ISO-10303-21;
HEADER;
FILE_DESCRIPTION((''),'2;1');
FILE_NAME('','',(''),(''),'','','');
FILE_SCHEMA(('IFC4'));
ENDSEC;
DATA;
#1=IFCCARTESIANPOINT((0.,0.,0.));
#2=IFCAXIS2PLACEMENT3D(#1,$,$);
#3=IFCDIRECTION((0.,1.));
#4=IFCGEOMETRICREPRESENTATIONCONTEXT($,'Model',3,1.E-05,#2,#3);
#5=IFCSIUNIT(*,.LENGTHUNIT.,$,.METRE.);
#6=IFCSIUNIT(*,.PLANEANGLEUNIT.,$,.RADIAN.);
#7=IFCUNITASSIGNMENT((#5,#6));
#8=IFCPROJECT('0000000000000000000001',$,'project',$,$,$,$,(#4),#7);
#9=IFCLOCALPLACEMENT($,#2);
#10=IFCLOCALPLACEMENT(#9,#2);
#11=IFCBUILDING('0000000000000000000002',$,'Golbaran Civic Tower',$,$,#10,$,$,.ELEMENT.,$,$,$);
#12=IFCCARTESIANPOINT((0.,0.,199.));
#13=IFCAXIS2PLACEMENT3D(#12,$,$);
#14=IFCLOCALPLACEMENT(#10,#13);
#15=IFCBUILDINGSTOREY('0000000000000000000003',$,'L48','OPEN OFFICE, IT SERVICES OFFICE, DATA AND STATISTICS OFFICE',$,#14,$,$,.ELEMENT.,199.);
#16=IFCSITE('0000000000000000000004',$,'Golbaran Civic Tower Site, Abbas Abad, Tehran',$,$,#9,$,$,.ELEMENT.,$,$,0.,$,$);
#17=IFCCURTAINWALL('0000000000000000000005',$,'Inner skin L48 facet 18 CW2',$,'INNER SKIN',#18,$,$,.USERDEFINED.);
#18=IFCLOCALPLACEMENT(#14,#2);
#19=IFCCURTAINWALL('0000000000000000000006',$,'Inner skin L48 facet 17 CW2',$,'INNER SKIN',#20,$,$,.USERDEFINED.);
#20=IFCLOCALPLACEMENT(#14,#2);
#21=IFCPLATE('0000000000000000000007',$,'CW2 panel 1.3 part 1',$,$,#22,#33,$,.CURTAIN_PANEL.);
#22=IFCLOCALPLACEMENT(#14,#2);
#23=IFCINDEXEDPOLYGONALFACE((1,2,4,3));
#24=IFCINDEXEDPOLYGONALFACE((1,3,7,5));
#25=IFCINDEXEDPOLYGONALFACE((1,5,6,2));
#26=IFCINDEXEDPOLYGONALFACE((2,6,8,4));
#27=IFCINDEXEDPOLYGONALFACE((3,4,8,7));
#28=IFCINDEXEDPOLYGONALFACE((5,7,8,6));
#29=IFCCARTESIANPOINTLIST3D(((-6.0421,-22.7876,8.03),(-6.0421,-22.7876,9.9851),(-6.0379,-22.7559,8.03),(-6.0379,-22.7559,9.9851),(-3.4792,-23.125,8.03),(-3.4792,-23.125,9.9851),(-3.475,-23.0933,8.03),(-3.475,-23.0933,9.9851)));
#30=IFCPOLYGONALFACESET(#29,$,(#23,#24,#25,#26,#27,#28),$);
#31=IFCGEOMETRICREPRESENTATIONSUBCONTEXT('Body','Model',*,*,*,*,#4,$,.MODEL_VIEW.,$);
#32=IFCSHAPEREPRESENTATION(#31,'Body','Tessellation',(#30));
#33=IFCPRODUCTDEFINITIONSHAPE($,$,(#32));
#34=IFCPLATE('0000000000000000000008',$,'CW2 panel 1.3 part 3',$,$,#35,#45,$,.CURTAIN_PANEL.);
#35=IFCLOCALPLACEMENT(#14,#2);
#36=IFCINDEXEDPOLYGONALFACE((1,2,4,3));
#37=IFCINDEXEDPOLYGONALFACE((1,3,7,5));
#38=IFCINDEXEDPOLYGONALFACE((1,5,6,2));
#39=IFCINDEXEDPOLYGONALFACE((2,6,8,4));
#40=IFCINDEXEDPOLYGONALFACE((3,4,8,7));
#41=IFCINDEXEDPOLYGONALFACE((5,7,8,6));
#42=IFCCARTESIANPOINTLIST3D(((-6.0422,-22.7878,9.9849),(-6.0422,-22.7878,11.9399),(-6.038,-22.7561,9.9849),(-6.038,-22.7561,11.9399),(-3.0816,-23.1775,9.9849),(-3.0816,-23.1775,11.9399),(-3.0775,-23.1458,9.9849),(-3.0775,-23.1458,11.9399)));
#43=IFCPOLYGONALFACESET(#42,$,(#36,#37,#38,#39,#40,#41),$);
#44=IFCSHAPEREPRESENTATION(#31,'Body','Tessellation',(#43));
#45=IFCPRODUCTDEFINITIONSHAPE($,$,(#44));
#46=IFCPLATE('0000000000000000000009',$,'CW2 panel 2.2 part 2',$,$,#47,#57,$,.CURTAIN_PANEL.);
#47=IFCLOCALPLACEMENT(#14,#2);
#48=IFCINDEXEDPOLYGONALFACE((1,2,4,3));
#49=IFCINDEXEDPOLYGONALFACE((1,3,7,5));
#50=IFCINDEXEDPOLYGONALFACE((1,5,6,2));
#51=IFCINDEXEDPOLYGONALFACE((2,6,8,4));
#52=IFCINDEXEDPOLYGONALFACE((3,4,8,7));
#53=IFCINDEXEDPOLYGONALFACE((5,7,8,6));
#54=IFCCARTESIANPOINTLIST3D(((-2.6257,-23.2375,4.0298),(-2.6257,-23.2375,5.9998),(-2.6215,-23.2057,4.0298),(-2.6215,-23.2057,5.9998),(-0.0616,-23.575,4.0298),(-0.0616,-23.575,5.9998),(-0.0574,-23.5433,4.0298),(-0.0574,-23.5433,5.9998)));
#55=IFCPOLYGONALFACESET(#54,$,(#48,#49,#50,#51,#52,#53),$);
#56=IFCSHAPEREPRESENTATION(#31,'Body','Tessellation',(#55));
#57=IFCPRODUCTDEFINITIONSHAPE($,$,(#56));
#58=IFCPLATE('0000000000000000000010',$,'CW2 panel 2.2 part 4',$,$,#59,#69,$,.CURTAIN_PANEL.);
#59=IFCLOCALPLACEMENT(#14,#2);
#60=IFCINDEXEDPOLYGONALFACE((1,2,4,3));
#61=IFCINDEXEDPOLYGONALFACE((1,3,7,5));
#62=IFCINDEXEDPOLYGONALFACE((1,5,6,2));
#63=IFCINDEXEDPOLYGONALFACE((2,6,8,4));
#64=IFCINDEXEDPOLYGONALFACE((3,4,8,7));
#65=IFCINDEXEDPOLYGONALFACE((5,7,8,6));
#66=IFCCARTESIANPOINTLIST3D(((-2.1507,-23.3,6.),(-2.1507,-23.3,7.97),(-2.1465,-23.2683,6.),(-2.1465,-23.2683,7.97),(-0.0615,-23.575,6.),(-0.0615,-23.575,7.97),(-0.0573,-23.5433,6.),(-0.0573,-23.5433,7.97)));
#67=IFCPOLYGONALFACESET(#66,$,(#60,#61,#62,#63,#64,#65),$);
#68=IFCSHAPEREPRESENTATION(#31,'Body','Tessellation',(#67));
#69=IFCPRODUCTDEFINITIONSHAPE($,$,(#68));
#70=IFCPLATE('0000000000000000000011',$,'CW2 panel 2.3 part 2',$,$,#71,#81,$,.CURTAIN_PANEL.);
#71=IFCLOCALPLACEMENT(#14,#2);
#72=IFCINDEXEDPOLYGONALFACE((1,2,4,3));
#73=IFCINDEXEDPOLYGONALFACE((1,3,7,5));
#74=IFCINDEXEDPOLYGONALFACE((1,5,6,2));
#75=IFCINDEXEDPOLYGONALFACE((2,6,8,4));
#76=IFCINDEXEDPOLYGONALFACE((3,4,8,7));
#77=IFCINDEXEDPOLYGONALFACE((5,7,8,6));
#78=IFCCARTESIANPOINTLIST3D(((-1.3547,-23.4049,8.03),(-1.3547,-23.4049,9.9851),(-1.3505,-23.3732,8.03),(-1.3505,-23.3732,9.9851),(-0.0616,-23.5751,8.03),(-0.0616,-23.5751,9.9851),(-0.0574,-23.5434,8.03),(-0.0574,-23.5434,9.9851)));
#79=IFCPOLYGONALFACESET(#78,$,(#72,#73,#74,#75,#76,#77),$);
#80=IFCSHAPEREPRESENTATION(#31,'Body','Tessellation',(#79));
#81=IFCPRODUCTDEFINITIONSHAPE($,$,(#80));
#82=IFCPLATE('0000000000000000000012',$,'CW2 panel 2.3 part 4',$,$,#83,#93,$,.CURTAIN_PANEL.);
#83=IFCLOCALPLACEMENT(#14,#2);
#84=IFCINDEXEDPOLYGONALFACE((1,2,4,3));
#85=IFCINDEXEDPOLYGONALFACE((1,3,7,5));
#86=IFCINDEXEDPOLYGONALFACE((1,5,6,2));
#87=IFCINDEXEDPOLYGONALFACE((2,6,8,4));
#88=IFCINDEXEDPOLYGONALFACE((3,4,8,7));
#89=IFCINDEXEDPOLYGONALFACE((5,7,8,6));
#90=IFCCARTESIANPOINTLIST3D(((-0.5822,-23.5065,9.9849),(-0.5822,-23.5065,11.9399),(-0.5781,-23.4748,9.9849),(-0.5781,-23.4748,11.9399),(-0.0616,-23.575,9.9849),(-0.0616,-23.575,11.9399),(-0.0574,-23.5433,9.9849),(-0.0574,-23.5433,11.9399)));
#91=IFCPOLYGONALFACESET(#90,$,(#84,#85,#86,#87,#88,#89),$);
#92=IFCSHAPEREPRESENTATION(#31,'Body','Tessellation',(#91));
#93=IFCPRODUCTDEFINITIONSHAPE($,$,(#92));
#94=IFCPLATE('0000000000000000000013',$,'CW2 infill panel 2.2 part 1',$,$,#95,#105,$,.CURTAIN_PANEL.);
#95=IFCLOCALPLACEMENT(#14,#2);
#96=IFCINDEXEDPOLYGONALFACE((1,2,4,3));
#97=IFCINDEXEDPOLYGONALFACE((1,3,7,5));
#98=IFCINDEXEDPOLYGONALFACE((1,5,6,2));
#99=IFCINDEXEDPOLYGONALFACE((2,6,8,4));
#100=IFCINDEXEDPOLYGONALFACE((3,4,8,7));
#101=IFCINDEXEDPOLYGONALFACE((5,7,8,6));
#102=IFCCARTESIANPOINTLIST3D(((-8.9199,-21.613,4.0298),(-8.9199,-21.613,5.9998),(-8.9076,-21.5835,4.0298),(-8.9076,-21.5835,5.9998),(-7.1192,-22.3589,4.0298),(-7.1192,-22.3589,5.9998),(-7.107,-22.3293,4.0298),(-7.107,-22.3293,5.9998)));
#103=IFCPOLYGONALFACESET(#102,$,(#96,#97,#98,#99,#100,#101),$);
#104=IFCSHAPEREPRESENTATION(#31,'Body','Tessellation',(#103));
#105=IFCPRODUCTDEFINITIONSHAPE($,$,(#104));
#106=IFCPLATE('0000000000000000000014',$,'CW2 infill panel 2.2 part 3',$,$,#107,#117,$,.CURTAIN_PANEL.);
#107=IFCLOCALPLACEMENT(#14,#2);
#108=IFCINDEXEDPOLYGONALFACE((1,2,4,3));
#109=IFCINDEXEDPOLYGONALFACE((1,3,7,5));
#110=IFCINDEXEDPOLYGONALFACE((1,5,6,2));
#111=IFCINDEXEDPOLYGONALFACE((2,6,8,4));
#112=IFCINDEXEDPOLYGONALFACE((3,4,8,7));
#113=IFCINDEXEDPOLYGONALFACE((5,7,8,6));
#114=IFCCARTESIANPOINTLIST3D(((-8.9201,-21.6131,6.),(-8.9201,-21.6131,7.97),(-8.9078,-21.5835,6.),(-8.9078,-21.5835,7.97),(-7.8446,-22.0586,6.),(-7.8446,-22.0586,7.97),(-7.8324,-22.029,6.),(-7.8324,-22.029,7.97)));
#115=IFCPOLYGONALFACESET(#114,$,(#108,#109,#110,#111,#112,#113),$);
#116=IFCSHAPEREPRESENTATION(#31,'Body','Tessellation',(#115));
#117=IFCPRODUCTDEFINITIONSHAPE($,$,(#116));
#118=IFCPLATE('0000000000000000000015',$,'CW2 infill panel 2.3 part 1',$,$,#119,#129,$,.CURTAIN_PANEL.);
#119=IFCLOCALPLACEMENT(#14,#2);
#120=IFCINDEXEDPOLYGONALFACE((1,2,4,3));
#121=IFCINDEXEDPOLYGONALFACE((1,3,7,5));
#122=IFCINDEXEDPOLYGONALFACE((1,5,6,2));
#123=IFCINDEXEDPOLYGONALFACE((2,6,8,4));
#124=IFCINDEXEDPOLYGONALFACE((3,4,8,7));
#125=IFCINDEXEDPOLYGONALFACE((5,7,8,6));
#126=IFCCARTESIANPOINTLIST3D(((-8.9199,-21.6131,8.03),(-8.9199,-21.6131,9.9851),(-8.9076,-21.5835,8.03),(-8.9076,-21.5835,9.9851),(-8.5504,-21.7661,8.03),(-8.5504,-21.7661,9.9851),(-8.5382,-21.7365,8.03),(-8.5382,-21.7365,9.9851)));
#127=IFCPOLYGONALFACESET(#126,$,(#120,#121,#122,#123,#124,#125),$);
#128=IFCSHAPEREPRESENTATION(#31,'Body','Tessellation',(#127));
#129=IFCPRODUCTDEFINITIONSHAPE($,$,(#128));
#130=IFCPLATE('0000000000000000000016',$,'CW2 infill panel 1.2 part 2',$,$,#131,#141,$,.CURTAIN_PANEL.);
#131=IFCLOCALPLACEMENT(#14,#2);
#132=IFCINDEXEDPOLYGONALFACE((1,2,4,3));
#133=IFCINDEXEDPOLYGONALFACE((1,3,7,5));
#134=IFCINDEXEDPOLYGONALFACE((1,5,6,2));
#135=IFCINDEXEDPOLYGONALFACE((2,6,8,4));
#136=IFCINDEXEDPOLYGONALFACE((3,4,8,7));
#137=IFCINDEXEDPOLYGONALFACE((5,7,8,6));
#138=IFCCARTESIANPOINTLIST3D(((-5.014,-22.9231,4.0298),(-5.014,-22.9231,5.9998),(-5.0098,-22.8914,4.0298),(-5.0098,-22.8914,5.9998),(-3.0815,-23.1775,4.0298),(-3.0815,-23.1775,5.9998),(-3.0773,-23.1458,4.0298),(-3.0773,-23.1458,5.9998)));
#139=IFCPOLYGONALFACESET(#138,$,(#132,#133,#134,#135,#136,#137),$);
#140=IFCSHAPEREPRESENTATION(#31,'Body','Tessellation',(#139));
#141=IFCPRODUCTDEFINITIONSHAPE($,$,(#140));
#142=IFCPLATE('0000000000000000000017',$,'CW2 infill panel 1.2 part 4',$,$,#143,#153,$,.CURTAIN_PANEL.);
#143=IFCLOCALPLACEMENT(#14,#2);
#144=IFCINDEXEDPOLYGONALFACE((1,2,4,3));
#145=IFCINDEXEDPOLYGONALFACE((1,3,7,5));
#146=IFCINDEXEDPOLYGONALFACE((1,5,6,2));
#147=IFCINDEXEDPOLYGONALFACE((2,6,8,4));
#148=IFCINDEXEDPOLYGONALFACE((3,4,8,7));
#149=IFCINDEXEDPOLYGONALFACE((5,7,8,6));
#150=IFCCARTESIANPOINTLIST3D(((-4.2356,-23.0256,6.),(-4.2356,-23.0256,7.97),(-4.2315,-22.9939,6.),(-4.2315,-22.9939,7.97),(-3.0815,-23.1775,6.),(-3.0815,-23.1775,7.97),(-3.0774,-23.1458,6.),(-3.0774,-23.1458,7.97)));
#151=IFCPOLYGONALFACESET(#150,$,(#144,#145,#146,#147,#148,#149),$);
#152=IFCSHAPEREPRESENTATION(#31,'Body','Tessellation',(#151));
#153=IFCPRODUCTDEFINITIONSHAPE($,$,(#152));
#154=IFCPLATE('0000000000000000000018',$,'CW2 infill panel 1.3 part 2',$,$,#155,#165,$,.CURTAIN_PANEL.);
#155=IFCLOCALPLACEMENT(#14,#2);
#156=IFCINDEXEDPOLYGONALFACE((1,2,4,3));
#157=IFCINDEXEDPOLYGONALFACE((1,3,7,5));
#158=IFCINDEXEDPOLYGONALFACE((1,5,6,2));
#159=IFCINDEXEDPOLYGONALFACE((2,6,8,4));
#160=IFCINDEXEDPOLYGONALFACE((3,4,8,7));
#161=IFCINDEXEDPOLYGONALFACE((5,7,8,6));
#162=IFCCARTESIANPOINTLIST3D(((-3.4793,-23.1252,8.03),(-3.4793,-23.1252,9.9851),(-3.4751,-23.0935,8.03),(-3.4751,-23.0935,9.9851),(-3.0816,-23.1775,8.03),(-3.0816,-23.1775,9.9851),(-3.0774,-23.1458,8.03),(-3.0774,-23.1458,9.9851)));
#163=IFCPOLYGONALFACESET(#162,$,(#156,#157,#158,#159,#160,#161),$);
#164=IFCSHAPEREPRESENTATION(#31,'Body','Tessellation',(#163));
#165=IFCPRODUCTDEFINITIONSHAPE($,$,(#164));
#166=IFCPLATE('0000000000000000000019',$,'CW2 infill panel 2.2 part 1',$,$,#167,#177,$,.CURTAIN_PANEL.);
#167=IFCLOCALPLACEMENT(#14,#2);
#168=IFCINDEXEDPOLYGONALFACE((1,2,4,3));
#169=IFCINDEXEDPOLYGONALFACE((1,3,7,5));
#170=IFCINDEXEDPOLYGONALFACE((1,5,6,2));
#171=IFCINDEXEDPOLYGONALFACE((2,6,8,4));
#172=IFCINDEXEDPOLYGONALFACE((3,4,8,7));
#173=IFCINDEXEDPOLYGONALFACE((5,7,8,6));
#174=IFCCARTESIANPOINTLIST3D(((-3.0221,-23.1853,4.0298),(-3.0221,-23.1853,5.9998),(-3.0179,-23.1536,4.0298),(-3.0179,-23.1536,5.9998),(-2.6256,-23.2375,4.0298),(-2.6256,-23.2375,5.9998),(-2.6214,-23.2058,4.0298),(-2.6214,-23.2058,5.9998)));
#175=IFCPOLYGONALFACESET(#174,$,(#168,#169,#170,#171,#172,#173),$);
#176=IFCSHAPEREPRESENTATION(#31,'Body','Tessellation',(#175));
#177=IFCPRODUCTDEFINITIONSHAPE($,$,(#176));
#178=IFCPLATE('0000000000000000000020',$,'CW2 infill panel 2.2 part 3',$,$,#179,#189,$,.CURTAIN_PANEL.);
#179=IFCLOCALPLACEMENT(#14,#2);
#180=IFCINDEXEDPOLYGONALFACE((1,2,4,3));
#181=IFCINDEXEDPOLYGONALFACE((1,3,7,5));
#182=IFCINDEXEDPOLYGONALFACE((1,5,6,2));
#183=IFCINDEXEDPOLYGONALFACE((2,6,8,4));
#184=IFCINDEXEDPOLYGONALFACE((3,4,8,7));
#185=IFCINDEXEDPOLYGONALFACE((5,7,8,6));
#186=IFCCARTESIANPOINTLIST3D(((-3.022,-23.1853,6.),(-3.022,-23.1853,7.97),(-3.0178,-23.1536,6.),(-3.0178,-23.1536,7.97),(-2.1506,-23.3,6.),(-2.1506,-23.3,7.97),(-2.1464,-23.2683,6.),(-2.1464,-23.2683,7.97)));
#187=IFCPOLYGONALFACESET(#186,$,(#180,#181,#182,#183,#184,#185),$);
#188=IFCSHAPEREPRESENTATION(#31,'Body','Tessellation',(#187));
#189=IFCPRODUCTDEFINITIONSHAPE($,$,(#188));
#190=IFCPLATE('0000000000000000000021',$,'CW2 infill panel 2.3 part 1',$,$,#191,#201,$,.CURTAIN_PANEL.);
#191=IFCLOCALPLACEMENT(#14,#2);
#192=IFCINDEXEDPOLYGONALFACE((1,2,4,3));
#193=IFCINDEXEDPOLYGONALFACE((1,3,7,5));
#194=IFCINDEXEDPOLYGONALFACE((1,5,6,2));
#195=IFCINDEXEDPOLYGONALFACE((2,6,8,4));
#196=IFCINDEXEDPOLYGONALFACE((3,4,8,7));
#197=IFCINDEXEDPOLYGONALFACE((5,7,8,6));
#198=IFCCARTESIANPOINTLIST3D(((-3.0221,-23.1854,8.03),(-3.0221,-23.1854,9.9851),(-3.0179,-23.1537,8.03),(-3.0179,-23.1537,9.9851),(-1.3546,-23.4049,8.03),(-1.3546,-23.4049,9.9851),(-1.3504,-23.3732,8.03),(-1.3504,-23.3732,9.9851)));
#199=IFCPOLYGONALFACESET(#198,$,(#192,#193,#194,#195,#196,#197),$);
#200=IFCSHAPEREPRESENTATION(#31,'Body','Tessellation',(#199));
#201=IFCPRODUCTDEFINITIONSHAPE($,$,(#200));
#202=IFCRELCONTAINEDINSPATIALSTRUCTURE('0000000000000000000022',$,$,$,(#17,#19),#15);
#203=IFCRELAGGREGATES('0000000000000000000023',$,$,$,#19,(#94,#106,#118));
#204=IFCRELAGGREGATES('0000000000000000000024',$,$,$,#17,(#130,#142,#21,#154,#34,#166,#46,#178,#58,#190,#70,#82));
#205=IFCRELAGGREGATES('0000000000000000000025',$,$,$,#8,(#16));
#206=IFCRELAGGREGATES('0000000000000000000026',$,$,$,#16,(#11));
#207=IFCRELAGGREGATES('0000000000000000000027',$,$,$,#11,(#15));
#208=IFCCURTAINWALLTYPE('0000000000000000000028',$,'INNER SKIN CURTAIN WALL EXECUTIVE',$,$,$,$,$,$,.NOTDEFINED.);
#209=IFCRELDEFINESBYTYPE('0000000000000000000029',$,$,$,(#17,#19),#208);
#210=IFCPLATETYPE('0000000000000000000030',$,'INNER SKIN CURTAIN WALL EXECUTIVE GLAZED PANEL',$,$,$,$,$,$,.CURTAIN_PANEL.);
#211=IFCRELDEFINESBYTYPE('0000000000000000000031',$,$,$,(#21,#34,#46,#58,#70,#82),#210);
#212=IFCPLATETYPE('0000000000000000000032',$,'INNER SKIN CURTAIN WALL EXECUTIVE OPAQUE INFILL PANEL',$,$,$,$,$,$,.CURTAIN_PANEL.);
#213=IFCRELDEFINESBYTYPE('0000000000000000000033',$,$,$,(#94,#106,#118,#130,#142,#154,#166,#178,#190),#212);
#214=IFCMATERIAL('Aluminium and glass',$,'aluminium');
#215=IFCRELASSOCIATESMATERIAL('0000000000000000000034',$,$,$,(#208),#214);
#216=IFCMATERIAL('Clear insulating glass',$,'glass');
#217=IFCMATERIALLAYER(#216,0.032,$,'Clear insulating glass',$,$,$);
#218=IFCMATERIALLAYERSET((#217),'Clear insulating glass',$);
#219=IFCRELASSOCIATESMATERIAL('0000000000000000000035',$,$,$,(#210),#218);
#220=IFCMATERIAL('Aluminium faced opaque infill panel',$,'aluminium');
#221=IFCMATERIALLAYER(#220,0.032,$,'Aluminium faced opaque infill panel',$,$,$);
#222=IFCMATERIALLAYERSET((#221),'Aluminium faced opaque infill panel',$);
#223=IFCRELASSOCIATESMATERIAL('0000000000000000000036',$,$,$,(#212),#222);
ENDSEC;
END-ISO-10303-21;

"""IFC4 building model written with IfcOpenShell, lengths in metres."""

from ifc_helpers import new_model, si_unit, direction, frame, origin, origin_2d, place, context, subcontext, project, spatial, rectangle, extrude, material, layer, layer_set, type_object, element, aggregate, save


model = new_model("IFC4")

# Units and contexts
model_context = context("Model", 3, precision=1e-05, world=origin(), true_north=direction((0.0, 1.0)))
body_context = subcontext(model_context, "Body", "Model", "MODEL_VIEW")
ifc_project = project(units=[si_unit("LENGTHUNIT", "METRE"), si_unit("PLANEANGLEUNIT", "RADIAN")], contexts=[model_context])

# Site, building, storey
site_placement = place(None, origin())
site = spatial("IfcSite", under=ifc_project, at=site_placement, Name="Golbaran Civic Tower Site, Abbas Abad, Tehran", CompositionType="ELEMENT", RefElevation=0.0)
building_placement = place(site_placement, origin())
building = spatial("IfcBuilding", under=site, at=building_placement, Name="Golbaran Civic Tower", CompositionType="ELEMENT")
storey_placement = place(building_placement, frame((0.0, 0.0, 199.0)))
storey = spatial("IfcBuildingStorey", under=building, at=storey_placement, Name="L48", Description="OPEN OFFICE, IT SERVICES OFFICE, DATA AND STATISTICS OFFICE", CompositionType="ELEMENT", Elevation=199.0)

# Curtain wall
ifc_material_1 = material(Name="Aluminium and glass", Category="aluminium")
curtain_wall_type_1 = type_object("IfcCurtainWallType", Name="INNER SKIN CURTAIN WALL EXECUTIVE", PredefinedType="NOTDEFINED", material=ifc_material_1)
curtain_wall_1_placement = place(storey_placement, origin())
curtain_wall_1 = element("IfcCurtainWall", 1, at=curtain_wall_1_placement, inside=storey, type_object=curtain_wall_type_1, Name="Inner skin L48 facet 18 CW2", ObjectType="INNER SKIN", PredefinedType="USERDEFINED")

# Curtain wall
curtain_wall_2_placement = place(storey_placement, origin())
curtain_wall_2 = element("IfcCurtainWall", 2, at=curtain_wall_2_placement, inside=storey, type_object=curtain_wall_type_1, Name="Inner skin L48 facet 17 CW2", ObjectType="INNER SKIN", PredefinedType="USERDEFINED")
ifc_material_2 = material(Name="Clear insulating glass", Category="glass")
ifc_layer_1 = layer(ifc_material_2, 0.032, Name="Clear insulating glass")
ifc_layer_set_1 = layer_set([ifc_layer_1], Name="Clear insulating glass")
plate_type_1 = type_object("IfcPlateType", Name="INNER SKIN CURTAIN WALL EXECUTIVE GLAZED PANEL", PredefinedType="CURTAIN_PANEL", material=ifc_layer_set_1)

# Plates
plate_1_placement = place(storey_placement, frame((-4.7585, -22.9404, 8.03), z_axis=(0.0, 0.0, 1.0), x_axis=(0.991445, -0.130526, 0.0)))
plate_1 = element("IfcPlate", 3, at=plate_1_placement, type_object=plate_type_1, Name="CW2 panel 1.3 part 1", PredefinedType="CURTAIN_PANEL", context=body_context, shape_type="SweptSolid", body=[
    extrude(rectangle(XDim=2.585, YDim=0.032, at=origin_2d()), origin(), (0.0, 0.0, 1.0), 1.9551),
])
plate_2_placement = place(storey_placement, frame((-4.5598, -22.9668, 9.9849), z_axis=(0.0, 0.0, 1.0), x_axis=(0.991445, -0.130526, 0.0)))
plate_2 = element("IfcPlate", 4, at=plate_2_placement, type_object=plate_type_1, Name="CW2 panel 1.3 part 3", PredefinedType="CURTAIN_PANEL", context=body_context, shape_type="SweptSolid", body=[
    extrude(rectangle(XDim=2.9861, YDim=0.032, at=origin_2d()), origin(), (0.0, 0.0, 1.0), 1.9551),
])
plate_3_placement = place(storey_placement, frame((-1.3416, -23.3904, 4.0298), z_axis=(0.0, 0.0, 1.0), x_axis=(0.991445, -0.130526, 0.0)))
plate_3 = element("IfcPlate", 5, at=plate_3_placement, type_object=plate_type_1, Name="CW2 panel 2.2 part 2", PredefinedType="CURTAIN_PANEL", context=body_context, shape_type="SweptSolid", body=[
    extrude(rectangle(XDim=2.5862, YDim=0.032, at=origin_2d()), origin(), (0.0, 0.0, 1.0), 1.97),
])
plate_4_placement = place(storey_placement, frame((-1.104, -23.4216, 6.0), z_axis=(0.0, 0.0, 1.0), x_axis=(0.991445, -0.130526, 0.0)))
plate_4 = element("IfcPlate", 6, at=plate_4_placement, type_object=plate_type_1, Name="CW2 panel 2.2 part 4", PredefinedType="CURTAIN_PANEL", context=body_context, shape_type="SweptSolid", body=[
    extrude(rectangle(XDim=2.1072, YDim=0.032, at=origin_2d()), origin(), (0.0, 0.0, 1.0), 1.97),
])
plate_5_placement = place(storey_placement, frame((-0.7061, -23.4741, 8.03), z_axis=(0.0, 0.0, 1.0), x_axis=(0.991445, -0.130526, 0.0)))
plate_5 = element("IfcPlate", 7, at=plate_5_placement, type_object=plate_type_1, Name="CW2 panel 2.3 part 2", PredefinedType="CURTAIN_PANEL", context=body_context, shape_type="SweptSolid", body=[
    extrude(rectangle(XDim=1.3042, YDim=0.032, at=origin_2d()), origin(), (0.0, 0.0, 1.0), 1.9551),
])
plate_6_placement = place(storey_placement, frame((-0.3198, -23.5249, 9.9849), z_axis=(0.0, 0.0, 1.0), x_axis=(0.991445, -0.130526, 0.0)))
plate_6 = element("IfcPlate", 8, at=plate_6_placement, type_object=plate_type_1, Name="CW2 panel 2.3 part 4", PredefinedType="CURTAIN_PANEL", context=body_context, shape_type="SweptSolid", body=[
    extrude(rectangle(XDim=0.5251, YDim=0.032, at=origin_2d()), origin(), (0.0, 0.0, 1.0), 1.9551),
])
ifc_material_3 = material(Name="Aluminium faced opaque infill panel", Category="aluminium")
ifc_layer_2 = layer(ifc_material_3, 0.032, Name="Aluminium faced opaque infill panel")
ifc_layer_set_2 = layer_set([ifc_layer_2], Name="Aluminium faced opaque infill panel")
plate_type_2 = type_object("IfcPlateType", Name="INNER SKIN CURTAIN WALL EXECUTIVE OPAQUE INFILL PANEL", PredefinedType="CURTAIN_PANEL", material=ifc_layer_set_2)
plate_7_placement = place(storey_placement, frame((-8.0134, -21.9712, 4.0298), z_axis=(0.0, 0.0, 1.0), x_axis=(0.92388, -0.382683, 0.0)))
plate_7 = element("IfcPlate", 9, at=plate_7_placement, type_object=plate_type_2, Name="CW2 infill panel 2.2 part 1", PredefinedType="CURTAIN_PANEL", context=body_context, shape_type="SweptSolid", body=[
    extrude(rectangle(XDim=1.949, YDim=0.032, at=origin_2d()), origin(), (0.0, 0.0, 1.0), 1.97),
])
plate_8_placement = place(storey_placement, frame((-8.3762, -21.821, 6.0), z_axis=(0.0, 0.0, 1.0), x_axis=(0.92388, -0.382683, 0.0)))
plate_8 = element("IfcPlate", 10, at=plate_8_placement, type_object=plate_type_2, Name="CW2 infill panel 2.2 part 3", PredefinedType="CURTAIN_PANEL", context=body_context, shape_type="SweptSolid", body=[
    extrude(rectangle(XDim=1.1641, YDim=0.032, at=origin_2d()), origin(), (0.0, 0.0, 1.0), 1.97),
])
plate_9_placement = place(storey_placement, frame((-8.729, -21.6748, 8.03), z_axis=(0.0, 0.0, 1.0), x_axis=(0.92388, -0.382683, 0.0)))
plate_9 = element("IfcPlate", 11, at=plate_9_placement, type_object=plate_type_2, Name="CW2 infill panel 2.3 part 1", PredefinedType="CURTAIN_PANEL", context=body_context, shape_type="SweptSolid", body=[
    extrude(rectangle(XDim=0.3999, YDim=0.032, at=origin_2d()), origin(), (0.0, 0.0, 1.0), 1.9551),
])
aggregate(curtain_wall_2, [plate_7, plate_8, plate_9])
plate_10_placement = place(storey_placement, frame((-4.0457, -23.0344, 4.0298), z_axis=(0.0, 0.0, 1.0), x_axis=(0.991445, -0.130526, 0.0)))
plate_10 = element("IfcPlate", 12, at=plate_10_placement, type_object=plate_type_2, Name="CW2 infill panel 1.2 part 2", PredefinedType="CURTAIN_PANEL", context=body_context, shape_type="SweptSolid", body=[
    extrude(rectangle(XDim=1.9492, YDim=0.032, at=origin_2d()), origin(), (0.0, 0.0, 1.0), 1.97),
])
plate_11_placement = place(storey_placement, frame((-3.6565, -23.0857, 6.0), z_axis=(0.0, 0.0, 1.0), x_axis=(0.991445, -0.130526, 0.0)))
plate_11 = element("IfcPlate", 13, at=plate_11_placement, type_object=plate_type_2, Name="CW2 infill panel 1.2 part 4", PredefinedType="CURTAIN_PANEL", context=body_context, shape_type="SweptSolid", body=[
    extrude(rectangle(XDim=1.1641, YDim=0.032, at=origin_2d()), origin(), (0.0, 0.0, 1.0), 1.97),
])
plate_12_placement = place(storey_placement, frame((-3.2783, -23.1355, 8.03), z_axis=(0.0, 0.0, 1.0), x_axis=(0.991445, -0.130526, 0.0)))
plate_12 = element("IfcPlate", 14, at=plate_12_placement, type_object=plate_type_2, Name="CW2 infill panel 1.3 part 2", PredefinedType="CURTAIN_PANEL", context=body_context, shape_type="SweptSolid", body=[
    extrude(rectangle(XDim=0.4011, YDim=0.032, at=origin_2d()), origin(), (0.0, 0.0, 1.0), 1.9551),
])
plate_13_placement = place(storey_placement, frame((-2.8218, -23.1956, 4.0298), z_axis=(0.0, 0.0, 1.0), x_axis=(0.991445, -0.130526, 0.0)))
plate_13 = element("IfcPlate", 15, at=plate_13_placement, type_object=plate_type_2, Name="CW2 infill panel 2.2 part 1", PredefinedType="CURTAIN_PANEL", context=body_context, shape_type="SweptSolid", body=[
    extrude(rectangle(XDim=0.3999, YDim=0.032, at=origin_2d()), origin(), (0.0, 0.0, 1.0), 1.97),
])
plate_14_placement = place(storey_placement, frame((-2.5842, -23.2268, 6.0), z_axis=(0.0, 0.0, 1.0), x_axis=(0.991445, -0.130526, 0.0)))
plate_14 = element("IfcPlate", 16, at=plate_14_placement, type_object=plate_type_2, Name="CW2 infill panel 2.2 part 3", PredefinedType="CURTAIN_PANEL", context=body_context, shape_type="SweptSolid", body=[
    extrude(rectangle(XDim=0.8789, YDim=0.032, at=origin_2d()), origin(), (0.0, 0.0, 1.0), 1.97),
])
plate_15_placement = place(storey_placement, frame((-2.1863, -23.2793, 8.03), z_axis=(0.0, 0.0, 1.0), x_axis=(0.991445, -0.130526, 0.0)))
plate_15 = element("IfcPlate", 17, at=plate_15_placement, type_object=plate_type_2, Name="CW2 infill panel 2.3 part 1", PredefinedType="CURTAIN_PANEL", context=body_context, shape_type="SweptSolid", body=[
    extrude(rectangle(XDim=1.6819, YDim=0.032, at=origin_2d()), origin(), (0.0, 0.0, 1.0), 1.9551),
])
aggregate(curtain_wall_1, [plate_10, plate_11, plate_1, plate_12, plate_2, plate_13, plate_3, plate_14, plate_4, plate_15, plate_5, plate_6])

save(model, "model.ifc")
